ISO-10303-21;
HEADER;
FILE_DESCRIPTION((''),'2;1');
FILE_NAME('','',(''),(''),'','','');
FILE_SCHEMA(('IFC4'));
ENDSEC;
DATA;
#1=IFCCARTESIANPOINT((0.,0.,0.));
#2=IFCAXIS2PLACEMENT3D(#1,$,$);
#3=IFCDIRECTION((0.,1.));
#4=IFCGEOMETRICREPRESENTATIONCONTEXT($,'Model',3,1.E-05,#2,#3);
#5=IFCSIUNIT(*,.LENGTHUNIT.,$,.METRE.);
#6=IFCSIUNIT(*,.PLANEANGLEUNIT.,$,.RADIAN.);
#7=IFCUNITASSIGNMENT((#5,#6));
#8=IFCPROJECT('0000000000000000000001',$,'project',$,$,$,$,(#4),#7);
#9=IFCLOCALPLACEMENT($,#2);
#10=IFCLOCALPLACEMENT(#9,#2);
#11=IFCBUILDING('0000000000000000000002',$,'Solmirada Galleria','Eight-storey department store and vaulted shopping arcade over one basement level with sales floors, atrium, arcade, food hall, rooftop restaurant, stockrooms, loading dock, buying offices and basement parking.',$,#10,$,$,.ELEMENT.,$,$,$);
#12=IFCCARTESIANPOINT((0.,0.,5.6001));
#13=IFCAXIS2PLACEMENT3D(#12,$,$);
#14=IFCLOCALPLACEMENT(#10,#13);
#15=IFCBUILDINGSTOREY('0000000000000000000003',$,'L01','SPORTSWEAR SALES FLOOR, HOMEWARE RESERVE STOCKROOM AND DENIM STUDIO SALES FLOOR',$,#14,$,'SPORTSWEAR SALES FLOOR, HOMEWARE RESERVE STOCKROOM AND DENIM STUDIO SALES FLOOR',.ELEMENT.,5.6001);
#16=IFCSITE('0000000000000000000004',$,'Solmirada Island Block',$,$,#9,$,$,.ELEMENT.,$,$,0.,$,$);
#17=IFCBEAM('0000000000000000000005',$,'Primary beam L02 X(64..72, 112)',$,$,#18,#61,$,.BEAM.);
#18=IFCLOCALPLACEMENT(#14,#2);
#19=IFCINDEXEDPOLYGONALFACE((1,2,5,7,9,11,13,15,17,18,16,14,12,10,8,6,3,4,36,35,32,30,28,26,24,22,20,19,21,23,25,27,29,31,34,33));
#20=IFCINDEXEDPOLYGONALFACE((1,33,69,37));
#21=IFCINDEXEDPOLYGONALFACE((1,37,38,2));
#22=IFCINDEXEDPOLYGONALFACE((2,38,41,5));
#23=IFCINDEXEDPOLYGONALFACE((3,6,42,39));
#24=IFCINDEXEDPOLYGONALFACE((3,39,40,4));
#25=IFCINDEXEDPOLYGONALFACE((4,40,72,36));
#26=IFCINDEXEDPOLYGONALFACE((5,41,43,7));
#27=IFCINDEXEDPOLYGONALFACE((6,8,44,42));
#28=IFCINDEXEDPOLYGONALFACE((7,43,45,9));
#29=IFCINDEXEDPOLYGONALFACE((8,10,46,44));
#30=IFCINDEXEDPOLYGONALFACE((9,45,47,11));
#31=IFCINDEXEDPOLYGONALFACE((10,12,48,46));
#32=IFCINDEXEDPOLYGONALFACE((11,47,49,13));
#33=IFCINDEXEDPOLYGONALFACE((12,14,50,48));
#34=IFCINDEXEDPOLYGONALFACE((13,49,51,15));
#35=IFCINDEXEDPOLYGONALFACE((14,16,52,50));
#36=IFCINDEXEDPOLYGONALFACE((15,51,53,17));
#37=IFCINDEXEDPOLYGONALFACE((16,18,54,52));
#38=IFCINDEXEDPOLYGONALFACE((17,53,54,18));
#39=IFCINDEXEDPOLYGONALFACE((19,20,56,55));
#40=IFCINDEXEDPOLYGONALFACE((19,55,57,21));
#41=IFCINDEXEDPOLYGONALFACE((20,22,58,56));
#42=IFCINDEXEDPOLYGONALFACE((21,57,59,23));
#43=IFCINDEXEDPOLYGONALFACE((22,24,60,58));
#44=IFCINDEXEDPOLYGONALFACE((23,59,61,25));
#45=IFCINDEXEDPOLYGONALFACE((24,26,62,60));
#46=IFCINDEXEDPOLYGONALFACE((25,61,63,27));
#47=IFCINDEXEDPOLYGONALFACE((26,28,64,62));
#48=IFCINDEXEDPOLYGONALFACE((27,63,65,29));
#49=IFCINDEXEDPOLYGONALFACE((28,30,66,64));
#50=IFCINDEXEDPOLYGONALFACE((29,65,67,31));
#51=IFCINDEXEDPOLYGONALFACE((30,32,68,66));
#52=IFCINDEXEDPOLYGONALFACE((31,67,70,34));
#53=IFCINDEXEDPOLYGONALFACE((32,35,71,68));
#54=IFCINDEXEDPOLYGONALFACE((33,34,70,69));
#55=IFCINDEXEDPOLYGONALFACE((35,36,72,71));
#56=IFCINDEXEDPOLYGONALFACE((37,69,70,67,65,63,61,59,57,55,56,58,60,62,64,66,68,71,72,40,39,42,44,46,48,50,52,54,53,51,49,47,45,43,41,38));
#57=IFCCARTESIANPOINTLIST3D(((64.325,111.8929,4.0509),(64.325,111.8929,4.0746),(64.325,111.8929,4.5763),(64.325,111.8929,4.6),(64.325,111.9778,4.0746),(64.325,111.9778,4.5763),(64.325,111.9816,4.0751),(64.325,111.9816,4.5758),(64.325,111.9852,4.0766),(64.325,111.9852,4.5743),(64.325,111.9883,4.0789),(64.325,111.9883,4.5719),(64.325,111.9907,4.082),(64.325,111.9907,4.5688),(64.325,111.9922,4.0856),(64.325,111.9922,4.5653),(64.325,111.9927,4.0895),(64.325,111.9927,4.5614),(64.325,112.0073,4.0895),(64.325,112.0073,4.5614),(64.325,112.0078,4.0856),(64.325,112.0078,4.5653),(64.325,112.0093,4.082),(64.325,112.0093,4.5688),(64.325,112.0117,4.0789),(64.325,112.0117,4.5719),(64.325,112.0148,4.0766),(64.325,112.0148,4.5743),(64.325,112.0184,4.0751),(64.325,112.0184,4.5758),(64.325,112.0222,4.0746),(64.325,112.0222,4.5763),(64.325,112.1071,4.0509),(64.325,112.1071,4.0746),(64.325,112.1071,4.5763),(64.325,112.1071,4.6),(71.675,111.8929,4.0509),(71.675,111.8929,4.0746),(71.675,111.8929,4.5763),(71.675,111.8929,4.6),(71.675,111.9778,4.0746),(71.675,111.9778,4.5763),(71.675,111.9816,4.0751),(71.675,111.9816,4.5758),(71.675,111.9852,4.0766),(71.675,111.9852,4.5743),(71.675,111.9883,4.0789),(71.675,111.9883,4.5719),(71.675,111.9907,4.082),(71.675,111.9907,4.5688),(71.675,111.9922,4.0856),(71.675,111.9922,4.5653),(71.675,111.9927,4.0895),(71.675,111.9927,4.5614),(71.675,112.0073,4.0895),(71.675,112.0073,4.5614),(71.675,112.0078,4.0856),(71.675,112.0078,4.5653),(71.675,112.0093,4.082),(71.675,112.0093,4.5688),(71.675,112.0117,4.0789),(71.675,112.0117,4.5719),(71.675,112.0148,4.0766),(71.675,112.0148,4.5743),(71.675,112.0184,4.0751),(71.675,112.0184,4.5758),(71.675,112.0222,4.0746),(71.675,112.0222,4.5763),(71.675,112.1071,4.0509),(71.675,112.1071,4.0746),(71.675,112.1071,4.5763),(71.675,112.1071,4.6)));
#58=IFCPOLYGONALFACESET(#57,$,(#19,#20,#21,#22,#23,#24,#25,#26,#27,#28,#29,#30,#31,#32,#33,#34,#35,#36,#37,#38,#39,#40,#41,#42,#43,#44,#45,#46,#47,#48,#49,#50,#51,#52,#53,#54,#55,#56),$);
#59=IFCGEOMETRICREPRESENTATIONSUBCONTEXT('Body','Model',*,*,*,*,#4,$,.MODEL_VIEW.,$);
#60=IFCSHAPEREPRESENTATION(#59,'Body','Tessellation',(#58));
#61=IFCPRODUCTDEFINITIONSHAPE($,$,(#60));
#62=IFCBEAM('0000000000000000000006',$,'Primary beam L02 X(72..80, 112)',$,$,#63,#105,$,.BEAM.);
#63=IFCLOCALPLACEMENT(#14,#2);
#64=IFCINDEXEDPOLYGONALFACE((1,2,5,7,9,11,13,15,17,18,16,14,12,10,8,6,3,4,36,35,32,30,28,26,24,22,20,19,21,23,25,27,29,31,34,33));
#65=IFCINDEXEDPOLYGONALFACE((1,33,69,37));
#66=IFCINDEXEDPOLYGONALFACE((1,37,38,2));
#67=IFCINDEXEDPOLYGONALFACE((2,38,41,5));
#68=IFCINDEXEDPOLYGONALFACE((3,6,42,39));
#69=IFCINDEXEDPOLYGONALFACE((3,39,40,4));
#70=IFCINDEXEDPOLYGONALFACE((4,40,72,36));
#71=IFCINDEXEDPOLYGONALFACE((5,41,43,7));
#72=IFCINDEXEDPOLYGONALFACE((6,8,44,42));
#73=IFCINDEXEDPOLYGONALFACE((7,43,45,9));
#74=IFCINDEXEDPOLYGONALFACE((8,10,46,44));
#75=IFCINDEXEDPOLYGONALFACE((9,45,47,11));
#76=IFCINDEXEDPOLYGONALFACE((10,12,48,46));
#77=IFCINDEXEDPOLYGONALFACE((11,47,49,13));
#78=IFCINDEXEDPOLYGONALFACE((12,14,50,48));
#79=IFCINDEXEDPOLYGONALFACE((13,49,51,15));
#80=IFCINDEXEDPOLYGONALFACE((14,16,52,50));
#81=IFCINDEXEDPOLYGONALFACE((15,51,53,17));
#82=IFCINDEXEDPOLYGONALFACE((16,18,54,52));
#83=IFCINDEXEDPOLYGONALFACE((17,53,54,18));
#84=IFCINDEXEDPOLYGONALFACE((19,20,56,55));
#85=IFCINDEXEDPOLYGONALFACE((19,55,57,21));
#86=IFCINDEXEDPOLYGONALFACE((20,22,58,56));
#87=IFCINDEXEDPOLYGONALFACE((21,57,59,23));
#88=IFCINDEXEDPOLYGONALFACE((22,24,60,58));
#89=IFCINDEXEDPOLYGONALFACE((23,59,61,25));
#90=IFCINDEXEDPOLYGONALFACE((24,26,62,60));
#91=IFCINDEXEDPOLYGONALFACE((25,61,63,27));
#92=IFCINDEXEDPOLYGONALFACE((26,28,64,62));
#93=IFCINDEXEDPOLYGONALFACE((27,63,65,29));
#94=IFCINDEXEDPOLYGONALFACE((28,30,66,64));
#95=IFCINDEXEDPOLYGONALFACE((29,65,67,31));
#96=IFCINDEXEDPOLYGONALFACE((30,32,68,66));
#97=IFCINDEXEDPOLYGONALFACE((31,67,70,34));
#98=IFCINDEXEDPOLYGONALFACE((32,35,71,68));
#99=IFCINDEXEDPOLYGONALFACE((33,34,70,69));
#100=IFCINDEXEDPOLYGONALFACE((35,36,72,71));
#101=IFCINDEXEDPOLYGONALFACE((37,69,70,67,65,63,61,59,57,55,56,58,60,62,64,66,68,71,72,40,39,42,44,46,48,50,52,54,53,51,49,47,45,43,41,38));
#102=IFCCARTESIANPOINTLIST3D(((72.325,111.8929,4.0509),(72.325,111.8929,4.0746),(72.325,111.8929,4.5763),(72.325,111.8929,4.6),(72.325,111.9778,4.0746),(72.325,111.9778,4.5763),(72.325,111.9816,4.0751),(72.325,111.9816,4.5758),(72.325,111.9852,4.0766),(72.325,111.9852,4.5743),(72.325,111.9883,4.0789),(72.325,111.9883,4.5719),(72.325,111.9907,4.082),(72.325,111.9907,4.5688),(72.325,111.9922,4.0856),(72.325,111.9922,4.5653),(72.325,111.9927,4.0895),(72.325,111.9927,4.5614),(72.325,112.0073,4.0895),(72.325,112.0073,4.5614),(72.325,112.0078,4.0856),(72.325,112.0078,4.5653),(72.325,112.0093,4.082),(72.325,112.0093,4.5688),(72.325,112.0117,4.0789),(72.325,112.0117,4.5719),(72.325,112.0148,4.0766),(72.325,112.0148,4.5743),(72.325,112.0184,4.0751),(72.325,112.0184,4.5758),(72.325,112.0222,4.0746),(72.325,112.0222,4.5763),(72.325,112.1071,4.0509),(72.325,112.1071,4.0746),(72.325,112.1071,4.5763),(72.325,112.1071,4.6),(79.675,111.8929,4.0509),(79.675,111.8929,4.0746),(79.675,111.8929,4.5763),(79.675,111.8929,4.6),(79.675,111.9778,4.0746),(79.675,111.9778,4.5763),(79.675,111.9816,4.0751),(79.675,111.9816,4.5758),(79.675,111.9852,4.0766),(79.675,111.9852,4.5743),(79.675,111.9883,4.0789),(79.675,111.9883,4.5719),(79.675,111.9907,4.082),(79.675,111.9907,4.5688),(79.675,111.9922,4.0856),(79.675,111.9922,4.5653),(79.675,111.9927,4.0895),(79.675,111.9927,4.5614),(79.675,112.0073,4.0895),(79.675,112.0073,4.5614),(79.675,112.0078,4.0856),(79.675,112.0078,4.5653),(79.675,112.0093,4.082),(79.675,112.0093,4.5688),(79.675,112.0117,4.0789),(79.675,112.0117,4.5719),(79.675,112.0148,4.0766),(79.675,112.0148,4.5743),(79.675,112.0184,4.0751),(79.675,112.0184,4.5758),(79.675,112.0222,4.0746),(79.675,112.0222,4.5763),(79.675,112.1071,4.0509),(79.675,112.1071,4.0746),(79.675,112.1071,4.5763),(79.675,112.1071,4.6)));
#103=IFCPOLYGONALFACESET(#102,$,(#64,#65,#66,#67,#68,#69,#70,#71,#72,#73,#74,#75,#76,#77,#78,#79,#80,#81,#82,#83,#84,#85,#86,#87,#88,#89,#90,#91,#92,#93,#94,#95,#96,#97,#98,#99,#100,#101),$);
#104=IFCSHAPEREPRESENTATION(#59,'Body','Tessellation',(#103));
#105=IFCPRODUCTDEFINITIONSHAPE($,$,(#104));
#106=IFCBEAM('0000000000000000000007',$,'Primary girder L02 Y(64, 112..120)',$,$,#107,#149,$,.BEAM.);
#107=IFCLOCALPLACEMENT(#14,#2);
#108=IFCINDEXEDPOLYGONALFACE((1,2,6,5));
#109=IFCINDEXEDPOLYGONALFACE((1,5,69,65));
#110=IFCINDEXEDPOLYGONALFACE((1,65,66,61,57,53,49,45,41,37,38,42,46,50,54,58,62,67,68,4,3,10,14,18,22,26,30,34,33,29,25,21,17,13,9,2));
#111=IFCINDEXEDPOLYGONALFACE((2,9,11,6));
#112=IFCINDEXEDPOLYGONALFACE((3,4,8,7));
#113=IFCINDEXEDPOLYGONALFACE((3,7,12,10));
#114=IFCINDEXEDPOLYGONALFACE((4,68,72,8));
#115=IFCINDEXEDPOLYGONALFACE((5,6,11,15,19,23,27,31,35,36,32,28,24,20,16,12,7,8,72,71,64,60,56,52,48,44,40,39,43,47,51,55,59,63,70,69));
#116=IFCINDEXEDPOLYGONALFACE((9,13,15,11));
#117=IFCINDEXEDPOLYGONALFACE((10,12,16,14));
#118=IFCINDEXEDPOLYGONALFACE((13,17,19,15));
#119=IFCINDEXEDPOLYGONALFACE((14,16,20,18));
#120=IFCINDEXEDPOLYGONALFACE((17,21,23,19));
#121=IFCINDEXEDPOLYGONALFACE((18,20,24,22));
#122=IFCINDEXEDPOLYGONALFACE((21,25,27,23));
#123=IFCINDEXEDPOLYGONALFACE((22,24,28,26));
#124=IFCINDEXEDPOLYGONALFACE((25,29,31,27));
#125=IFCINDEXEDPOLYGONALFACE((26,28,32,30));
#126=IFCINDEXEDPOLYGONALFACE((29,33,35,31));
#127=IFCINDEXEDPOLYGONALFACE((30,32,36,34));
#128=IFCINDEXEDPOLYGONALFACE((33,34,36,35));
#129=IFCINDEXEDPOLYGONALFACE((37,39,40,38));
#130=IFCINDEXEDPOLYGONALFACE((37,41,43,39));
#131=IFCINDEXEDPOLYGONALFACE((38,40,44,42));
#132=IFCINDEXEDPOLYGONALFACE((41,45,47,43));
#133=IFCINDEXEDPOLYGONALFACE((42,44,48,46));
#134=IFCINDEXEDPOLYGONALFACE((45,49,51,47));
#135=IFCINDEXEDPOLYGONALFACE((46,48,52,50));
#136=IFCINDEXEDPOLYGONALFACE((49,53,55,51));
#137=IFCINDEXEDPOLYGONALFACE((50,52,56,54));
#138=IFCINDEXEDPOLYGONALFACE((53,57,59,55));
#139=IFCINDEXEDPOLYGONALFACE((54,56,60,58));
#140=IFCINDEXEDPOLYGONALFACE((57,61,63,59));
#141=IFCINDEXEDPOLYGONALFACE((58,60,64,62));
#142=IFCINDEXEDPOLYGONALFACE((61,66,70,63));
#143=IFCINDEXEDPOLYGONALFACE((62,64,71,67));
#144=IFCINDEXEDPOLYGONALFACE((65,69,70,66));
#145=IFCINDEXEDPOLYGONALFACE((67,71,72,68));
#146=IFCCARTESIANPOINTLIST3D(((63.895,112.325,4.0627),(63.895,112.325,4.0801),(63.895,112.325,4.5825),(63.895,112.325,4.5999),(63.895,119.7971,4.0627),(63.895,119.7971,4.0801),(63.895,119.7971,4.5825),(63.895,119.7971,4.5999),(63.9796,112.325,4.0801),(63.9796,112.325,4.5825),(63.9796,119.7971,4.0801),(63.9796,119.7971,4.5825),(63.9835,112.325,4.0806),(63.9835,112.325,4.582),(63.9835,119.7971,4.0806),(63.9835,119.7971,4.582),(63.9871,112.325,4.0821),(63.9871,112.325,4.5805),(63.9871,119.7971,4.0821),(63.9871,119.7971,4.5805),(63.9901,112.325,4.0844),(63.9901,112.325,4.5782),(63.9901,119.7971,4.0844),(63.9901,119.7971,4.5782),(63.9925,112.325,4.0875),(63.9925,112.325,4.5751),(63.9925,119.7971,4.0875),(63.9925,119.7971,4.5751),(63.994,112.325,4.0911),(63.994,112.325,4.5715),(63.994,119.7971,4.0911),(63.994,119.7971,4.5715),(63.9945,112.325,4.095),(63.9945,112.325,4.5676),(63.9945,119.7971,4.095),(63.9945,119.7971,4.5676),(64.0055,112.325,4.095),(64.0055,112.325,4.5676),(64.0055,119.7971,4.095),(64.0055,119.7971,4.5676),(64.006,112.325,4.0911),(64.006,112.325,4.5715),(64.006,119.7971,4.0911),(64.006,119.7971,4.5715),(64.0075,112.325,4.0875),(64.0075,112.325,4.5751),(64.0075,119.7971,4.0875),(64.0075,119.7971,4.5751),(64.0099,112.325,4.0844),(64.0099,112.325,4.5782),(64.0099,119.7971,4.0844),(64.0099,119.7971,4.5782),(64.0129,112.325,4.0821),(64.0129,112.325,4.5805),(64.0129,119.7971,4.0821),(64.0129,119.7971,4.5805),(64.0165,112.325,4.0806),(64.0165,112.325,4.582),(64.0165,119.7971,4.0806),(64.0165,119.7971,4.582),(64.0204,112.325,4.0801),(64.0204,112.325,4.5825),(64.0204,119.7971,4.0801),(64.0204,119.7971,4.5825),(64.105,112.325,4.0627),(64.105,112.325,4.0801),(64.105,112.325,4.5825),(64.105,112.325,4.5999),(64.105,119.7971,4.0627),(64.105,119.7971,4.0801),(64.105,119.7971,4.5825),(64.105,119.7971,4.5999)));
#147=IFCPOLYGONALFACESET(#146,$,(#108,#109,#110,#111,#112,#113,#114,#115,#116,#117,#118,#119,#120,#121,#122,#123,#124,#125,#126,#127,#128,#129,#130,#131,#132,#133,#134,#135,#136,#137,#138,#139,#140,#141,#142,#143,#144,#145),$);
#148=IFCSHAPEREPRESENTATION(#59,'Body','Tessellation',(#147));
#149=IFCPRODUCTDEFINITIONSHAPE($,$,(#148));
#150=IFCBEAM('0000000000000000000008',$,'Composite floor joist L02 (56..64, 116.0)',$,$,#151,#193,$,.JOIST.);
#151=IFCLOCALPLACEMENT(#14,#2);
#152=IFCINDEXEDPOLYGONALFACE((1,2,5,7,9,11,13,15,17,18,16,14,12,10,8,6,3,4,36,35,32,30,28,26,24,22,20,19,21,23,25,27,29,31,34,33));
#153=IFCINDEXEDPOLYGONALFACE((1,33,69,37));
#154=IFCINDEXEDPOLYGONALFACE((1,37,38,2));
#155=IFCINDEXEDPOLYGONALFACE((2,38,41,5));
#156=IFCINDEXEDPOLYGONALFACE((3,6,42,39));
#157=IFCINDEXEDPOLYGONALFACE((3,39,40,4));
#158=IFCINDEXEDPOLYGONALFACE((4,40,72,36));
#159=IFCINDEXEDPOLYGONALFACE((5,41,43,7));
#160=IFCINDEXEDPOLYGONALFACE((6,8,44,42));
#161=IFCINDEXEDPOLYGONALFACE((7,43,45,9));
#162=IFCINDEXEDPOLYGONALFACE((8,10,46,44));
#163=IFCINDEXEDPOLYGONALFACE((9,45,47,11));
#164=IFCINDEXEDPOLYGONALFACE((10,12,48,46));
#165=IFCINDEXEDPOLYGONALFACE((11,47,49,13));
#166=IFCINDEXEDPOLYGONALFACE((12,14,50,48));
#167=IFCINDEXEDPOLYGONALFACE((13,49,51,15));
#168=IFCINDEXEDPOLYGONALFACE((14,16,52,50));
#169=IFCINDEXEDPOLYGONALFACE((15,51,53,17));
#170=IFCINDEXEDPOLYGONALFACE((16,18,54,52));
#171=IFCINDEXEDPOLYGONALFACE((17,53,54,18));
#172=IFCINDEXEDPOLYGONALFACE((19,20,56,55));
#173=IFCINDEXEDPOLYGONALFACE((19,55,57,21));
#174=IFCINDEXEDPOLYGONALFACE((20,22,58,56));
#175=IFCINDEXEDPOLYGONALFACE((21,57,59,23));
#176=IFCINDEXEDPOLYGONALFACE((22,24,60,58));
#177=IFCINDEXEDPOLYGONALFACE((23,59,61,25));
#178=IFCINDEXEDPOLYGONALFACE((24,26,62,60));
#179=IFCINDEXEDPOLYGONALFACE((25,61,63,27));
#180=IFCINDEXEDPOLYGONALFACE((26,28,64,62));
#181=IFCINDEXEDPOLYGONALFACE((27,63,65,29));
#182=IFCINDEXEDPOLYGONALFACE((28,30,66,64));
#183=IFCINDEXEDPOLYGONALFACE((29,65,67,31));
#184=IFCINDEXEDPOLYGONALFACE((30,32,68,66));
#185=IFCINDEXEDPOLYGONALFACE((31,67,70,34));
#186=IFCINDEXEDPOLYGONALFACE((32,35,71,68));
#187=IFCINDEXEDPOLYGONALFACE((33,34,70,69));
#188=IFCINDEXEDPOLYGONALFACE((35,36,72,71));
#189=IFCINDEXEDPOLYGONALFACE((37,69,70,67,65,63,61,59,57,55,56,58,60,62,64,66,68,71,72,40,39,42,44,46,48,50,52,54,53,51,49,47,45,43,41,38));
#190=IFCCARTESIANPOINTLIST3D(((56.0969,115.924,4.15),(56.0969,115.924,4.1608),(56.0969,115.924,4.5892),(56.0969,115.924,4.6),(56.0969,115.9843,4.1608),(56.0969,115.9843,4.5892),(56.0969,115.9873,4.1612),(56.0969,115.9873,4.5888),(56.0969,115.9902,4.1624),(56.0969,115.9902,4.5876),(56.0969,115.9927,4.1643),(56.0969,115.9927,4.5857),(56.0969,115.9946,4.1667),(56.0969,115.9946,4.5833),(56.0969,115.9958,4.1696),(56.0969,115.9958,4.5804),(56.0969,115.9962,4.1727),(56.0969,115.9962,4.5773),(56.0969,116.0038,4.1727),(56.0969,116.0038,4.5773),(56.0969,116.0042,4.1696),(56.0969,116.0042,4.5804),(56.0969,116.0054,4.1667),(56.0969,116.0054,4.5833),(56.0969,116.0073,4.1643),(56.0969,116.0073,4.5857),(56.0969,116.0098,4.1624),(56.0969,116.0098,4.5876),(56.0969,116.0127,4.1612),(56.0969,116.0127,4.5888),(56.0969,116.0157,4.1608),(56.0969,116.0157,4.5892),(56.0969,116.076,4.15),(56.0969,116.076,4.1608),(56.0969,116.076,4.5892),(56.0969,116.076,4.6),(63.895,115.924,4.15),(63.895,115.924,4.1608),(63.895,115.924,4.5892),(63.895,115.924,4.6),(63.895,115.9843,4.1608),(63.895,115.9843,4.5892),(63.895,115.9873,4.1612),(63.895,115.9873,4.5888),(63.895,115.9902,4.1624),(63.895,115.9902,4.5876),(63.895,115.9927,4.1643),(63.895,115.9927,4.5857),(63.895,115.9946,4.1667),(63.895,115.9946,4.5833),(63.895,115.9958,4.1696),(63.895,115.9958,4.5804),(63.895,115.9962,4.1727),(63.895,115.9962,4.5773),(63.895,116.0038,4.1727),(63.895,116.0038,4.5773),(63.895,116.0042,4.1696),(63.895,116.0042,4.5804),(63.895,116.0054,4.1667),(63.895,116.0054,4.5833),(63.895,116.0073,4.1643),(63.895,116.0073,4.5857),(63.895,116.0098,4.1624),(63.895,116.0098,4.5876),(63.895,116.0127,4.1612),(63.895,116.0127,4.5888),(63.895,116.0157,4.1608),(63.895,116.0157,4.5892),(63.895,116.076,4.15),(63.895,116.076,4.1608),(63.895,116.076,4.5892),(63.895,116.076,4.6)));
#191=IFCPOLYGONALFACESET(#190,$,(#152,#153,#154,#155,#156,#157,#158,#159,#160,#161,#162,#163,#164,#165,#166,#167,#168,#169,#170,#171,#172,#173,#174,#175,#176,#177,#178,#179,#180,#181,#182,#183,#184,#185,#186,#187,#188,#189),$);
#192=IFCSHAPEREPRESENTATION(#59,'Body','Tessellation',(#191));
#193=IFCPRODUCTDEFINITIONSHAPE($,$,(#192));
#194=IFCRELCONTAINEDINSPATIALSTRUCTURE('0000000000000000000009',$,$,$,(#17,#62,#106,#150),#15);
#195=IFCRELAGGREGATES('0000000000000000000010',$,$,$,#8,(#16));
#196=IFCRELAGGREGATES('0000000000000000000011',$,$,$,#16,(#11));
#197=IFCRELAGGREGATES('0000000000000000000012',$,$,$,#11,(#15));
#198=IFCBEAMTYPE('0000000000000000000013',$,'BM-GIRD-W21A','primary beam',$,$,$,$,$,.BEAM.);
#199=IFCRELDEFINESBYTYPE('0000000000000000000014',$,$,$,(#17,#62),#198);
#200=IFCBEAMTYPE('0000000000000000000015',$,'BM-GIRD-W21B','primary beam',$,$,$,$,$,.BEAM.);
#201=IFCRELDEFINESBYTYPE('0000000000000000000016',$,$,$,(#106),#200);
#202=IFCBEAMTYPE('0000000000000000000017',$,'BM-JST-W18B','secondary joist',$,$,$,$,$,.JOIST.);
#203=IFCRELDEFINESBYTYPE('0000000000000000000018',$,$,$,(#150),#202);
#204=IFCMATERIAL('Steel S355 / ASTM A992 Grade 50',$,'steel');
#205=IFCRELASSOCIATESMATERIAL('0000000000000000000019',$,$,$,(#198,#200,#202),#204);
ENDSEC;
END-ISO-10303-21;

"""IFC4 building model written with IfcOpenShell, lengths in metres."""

from ifc_helpers import new_model, si_unit, direction, frame, origin, origin_2d, place, context, subcontext, project, spatial, i_section, extrude, material, material_profile, profile_set, type_object, element, save


model = new_model("IFC4")

# Units and contexts
model_context = context("Model", 3, precision=1e-05, world=origin(), true_north=direction((0.0, 1.0)))
body_context = subcontext(model_context, "Body", "Model", "MODEL_VIEW")
ifc_project = project(units=[si_unit("LENGTHUNIT", "METRE"), si_unit("PLANEANGLEUNIT", "RADIAN")], contexts=[model_context])

# Site, building, storey
site_placement = place(None, origin())
site = spatial("IfcSite", under=ifc_project, at=site_placement, Name="Solmirada Island Block", CompositionType="ELEMENT", RefElevation=0.0)
building_placement = place(site_placement, origin())
building = spatial("IfcBuilding", under=site, at=building_placement, Name="Solmirada Galleria", Description="Eight-storey department store and vaulted shopping arcade over one basement level with sales floors, atrium, arcade, food hall, rooftop restaurant, stockrooms, loading dock, buying offices and basement parking.", CompositionType="ELEMENT")
storey_placement = place(building_placement, frame((0.0, 0.0, 5.6001)))
storey = spatial("IfcBuildingStorey", under=building, at=storey_placement, Name="L01", Description="SPORTSWEAR SALES FLOOR, HOMEWARE RESERVE STOCKROOM AND DENIM STUDIO SALES FLOOR", LongName="SPORTSWEAR SALES FLOOR, HOMEWARE RESERVE STOCKROOM AND DENIM STUDIO SALES FLOOR", CompositionType="ELEMENT", Elevation=5.6001)

# Beams
ifc_material_1 = material(Name="Steel S355 / ASTM A992 Grade 50", Category="steel")
ifc_material_profile_1 = material_profile(ifc_material_1, i_section(OverallWidth=0.2141, OverallDepth=0.5491, WebThickness=0.0146, FlangeThickness=0.0237, FilletRadius=0.0149, at=origin_2d()), Name="W21X93")
ifc_profile_set_1 = profile_set([ifc_material_profile_1], Name="Steel S355 / ASTM A992 Grade 50")
beam_type_1 = type_object("IfcBeamType", Name="BM-GIRD-W21A", Description="primary beam", PredefinedType="BEAM", material=ifc_profile_set_1)
for number, where, z_axis, x_axis, name in (
    (1, (64.325, 112.0, 4.3254), (1.0, 0.0, 0.0), (0.0, 1.0, 0.0), "Primary beam L02 X(64..72, 112)"),
    (2, (72.325, 112.0, 4.3254), (1.0, 0.0, 0.0), (0.0, 1.0, 0.0), "Primary beam L02 X(72..80, 112)"),
):
    element("IfcBeam", number, at=place(storey_placement, frame(where, z_axis=z_axis, x_axis=x_axis)), inside=storey, type_object=beam_type_1, Name=name, PredefinedType="BEAM", context=body_context, shape_type="SweptSolid", body=[
        extrude(i_section(OverallWidth=0.2141, OverallDepth=0.5491, WebThickness=0.0146, FlangeThickness=0.0237, FilletRadius=0.0149, at=origin_2d()), origin(), (0.0, 0.0, 1.0), 7.3501),
    ])
ifc_material_profile_2 = material_profile(ifc_material_1, i_section(OverallWidth=0.21, OverallDepth=0.5371, WebThickness=0.011, FlangeThickness=0.0173, FilletRadius=0.0149, at=origin_2d()), Name="W21X68")
ifc_profile_set_2 = profile_set([ifc_material_profile_2], Name="Steel S355 / ASTM A992 Grade 50")
beam_type_2 = type_object("IfcBeamType", Name="BM-GIRD-W21B", Description="primary beam", PredefinedType="BEAM", material=ifc_profile_set_2)
beam_placement = place(storey_placement, frame((64.0, 112.325, 4.3313), z_axis=(0.0, 1.0, 0.0), x_axis=(-1.0, 0.0, 0.0)))
element("IfcBeam", 3, at=beam_placement, inside=storey, type_object=beam_type_2, Name="Primary girder L02 Y(64, 112..120)", PredefinedType="BEAM", context=body_context, shape_type="SweptSolid", body=[
    extrude(i_section(OverallWidth=0.21, OverallDepth=0.5371, WebThickness=0.011, FlangeThickness=0.0173, FilletRadius=0.0149, at=origin_2d()), origin(), (0.0, 0.0, 1.0), 7.4722),
])
ifc_material_profile_3 = material_profile(ifc_material_1, i_section(OverallWidth=0.1521, OverallDepth=0.45, WebThickness=0.0076, FlangeThickness=0.0107, FilletRadius=0.012, at=origin_2d()), Name="W18X35")
ifc_profile_set_3 = profile_set([ifc_material_profile_3], Name="Steel S355 / ASTM A992 Grade 50")
beam_type_3 = type_object("IfcBeamType", Name="BM-JST-W18B", Description="secondary joist", PredefinedType="JOIST", material=ifc_profile_set_3)
for number, where, z_axis, x_axis, name in (
    (4, (56.0969, 116.0, 4.375), (1.0, 0.0, 0.0), (0.0, 1.0, 0.0), "Composite floor joist L02 (56..64, 116.0)"),
):
    element("IfcBeam", number, at=place(storey_placement, frame(where, z_axis=z_axis, x_axis=x_axis)), inside=storey, type_object=beam_type_3, Name=name, PredefinedType="JOIST", context=body_context, shape_type="SweptSolid", body=[
        extrude(i_section(OverallWidth=0.1521, OverallDepth=0.45, WebThickness=0.0076, FlangeThickness=0.0107, FilletRadius=0.012, at=origin_2d()), origin(), (0.0, 0.0, 1.0), 7.7981),
    ])

save(model, "model.ifc")
